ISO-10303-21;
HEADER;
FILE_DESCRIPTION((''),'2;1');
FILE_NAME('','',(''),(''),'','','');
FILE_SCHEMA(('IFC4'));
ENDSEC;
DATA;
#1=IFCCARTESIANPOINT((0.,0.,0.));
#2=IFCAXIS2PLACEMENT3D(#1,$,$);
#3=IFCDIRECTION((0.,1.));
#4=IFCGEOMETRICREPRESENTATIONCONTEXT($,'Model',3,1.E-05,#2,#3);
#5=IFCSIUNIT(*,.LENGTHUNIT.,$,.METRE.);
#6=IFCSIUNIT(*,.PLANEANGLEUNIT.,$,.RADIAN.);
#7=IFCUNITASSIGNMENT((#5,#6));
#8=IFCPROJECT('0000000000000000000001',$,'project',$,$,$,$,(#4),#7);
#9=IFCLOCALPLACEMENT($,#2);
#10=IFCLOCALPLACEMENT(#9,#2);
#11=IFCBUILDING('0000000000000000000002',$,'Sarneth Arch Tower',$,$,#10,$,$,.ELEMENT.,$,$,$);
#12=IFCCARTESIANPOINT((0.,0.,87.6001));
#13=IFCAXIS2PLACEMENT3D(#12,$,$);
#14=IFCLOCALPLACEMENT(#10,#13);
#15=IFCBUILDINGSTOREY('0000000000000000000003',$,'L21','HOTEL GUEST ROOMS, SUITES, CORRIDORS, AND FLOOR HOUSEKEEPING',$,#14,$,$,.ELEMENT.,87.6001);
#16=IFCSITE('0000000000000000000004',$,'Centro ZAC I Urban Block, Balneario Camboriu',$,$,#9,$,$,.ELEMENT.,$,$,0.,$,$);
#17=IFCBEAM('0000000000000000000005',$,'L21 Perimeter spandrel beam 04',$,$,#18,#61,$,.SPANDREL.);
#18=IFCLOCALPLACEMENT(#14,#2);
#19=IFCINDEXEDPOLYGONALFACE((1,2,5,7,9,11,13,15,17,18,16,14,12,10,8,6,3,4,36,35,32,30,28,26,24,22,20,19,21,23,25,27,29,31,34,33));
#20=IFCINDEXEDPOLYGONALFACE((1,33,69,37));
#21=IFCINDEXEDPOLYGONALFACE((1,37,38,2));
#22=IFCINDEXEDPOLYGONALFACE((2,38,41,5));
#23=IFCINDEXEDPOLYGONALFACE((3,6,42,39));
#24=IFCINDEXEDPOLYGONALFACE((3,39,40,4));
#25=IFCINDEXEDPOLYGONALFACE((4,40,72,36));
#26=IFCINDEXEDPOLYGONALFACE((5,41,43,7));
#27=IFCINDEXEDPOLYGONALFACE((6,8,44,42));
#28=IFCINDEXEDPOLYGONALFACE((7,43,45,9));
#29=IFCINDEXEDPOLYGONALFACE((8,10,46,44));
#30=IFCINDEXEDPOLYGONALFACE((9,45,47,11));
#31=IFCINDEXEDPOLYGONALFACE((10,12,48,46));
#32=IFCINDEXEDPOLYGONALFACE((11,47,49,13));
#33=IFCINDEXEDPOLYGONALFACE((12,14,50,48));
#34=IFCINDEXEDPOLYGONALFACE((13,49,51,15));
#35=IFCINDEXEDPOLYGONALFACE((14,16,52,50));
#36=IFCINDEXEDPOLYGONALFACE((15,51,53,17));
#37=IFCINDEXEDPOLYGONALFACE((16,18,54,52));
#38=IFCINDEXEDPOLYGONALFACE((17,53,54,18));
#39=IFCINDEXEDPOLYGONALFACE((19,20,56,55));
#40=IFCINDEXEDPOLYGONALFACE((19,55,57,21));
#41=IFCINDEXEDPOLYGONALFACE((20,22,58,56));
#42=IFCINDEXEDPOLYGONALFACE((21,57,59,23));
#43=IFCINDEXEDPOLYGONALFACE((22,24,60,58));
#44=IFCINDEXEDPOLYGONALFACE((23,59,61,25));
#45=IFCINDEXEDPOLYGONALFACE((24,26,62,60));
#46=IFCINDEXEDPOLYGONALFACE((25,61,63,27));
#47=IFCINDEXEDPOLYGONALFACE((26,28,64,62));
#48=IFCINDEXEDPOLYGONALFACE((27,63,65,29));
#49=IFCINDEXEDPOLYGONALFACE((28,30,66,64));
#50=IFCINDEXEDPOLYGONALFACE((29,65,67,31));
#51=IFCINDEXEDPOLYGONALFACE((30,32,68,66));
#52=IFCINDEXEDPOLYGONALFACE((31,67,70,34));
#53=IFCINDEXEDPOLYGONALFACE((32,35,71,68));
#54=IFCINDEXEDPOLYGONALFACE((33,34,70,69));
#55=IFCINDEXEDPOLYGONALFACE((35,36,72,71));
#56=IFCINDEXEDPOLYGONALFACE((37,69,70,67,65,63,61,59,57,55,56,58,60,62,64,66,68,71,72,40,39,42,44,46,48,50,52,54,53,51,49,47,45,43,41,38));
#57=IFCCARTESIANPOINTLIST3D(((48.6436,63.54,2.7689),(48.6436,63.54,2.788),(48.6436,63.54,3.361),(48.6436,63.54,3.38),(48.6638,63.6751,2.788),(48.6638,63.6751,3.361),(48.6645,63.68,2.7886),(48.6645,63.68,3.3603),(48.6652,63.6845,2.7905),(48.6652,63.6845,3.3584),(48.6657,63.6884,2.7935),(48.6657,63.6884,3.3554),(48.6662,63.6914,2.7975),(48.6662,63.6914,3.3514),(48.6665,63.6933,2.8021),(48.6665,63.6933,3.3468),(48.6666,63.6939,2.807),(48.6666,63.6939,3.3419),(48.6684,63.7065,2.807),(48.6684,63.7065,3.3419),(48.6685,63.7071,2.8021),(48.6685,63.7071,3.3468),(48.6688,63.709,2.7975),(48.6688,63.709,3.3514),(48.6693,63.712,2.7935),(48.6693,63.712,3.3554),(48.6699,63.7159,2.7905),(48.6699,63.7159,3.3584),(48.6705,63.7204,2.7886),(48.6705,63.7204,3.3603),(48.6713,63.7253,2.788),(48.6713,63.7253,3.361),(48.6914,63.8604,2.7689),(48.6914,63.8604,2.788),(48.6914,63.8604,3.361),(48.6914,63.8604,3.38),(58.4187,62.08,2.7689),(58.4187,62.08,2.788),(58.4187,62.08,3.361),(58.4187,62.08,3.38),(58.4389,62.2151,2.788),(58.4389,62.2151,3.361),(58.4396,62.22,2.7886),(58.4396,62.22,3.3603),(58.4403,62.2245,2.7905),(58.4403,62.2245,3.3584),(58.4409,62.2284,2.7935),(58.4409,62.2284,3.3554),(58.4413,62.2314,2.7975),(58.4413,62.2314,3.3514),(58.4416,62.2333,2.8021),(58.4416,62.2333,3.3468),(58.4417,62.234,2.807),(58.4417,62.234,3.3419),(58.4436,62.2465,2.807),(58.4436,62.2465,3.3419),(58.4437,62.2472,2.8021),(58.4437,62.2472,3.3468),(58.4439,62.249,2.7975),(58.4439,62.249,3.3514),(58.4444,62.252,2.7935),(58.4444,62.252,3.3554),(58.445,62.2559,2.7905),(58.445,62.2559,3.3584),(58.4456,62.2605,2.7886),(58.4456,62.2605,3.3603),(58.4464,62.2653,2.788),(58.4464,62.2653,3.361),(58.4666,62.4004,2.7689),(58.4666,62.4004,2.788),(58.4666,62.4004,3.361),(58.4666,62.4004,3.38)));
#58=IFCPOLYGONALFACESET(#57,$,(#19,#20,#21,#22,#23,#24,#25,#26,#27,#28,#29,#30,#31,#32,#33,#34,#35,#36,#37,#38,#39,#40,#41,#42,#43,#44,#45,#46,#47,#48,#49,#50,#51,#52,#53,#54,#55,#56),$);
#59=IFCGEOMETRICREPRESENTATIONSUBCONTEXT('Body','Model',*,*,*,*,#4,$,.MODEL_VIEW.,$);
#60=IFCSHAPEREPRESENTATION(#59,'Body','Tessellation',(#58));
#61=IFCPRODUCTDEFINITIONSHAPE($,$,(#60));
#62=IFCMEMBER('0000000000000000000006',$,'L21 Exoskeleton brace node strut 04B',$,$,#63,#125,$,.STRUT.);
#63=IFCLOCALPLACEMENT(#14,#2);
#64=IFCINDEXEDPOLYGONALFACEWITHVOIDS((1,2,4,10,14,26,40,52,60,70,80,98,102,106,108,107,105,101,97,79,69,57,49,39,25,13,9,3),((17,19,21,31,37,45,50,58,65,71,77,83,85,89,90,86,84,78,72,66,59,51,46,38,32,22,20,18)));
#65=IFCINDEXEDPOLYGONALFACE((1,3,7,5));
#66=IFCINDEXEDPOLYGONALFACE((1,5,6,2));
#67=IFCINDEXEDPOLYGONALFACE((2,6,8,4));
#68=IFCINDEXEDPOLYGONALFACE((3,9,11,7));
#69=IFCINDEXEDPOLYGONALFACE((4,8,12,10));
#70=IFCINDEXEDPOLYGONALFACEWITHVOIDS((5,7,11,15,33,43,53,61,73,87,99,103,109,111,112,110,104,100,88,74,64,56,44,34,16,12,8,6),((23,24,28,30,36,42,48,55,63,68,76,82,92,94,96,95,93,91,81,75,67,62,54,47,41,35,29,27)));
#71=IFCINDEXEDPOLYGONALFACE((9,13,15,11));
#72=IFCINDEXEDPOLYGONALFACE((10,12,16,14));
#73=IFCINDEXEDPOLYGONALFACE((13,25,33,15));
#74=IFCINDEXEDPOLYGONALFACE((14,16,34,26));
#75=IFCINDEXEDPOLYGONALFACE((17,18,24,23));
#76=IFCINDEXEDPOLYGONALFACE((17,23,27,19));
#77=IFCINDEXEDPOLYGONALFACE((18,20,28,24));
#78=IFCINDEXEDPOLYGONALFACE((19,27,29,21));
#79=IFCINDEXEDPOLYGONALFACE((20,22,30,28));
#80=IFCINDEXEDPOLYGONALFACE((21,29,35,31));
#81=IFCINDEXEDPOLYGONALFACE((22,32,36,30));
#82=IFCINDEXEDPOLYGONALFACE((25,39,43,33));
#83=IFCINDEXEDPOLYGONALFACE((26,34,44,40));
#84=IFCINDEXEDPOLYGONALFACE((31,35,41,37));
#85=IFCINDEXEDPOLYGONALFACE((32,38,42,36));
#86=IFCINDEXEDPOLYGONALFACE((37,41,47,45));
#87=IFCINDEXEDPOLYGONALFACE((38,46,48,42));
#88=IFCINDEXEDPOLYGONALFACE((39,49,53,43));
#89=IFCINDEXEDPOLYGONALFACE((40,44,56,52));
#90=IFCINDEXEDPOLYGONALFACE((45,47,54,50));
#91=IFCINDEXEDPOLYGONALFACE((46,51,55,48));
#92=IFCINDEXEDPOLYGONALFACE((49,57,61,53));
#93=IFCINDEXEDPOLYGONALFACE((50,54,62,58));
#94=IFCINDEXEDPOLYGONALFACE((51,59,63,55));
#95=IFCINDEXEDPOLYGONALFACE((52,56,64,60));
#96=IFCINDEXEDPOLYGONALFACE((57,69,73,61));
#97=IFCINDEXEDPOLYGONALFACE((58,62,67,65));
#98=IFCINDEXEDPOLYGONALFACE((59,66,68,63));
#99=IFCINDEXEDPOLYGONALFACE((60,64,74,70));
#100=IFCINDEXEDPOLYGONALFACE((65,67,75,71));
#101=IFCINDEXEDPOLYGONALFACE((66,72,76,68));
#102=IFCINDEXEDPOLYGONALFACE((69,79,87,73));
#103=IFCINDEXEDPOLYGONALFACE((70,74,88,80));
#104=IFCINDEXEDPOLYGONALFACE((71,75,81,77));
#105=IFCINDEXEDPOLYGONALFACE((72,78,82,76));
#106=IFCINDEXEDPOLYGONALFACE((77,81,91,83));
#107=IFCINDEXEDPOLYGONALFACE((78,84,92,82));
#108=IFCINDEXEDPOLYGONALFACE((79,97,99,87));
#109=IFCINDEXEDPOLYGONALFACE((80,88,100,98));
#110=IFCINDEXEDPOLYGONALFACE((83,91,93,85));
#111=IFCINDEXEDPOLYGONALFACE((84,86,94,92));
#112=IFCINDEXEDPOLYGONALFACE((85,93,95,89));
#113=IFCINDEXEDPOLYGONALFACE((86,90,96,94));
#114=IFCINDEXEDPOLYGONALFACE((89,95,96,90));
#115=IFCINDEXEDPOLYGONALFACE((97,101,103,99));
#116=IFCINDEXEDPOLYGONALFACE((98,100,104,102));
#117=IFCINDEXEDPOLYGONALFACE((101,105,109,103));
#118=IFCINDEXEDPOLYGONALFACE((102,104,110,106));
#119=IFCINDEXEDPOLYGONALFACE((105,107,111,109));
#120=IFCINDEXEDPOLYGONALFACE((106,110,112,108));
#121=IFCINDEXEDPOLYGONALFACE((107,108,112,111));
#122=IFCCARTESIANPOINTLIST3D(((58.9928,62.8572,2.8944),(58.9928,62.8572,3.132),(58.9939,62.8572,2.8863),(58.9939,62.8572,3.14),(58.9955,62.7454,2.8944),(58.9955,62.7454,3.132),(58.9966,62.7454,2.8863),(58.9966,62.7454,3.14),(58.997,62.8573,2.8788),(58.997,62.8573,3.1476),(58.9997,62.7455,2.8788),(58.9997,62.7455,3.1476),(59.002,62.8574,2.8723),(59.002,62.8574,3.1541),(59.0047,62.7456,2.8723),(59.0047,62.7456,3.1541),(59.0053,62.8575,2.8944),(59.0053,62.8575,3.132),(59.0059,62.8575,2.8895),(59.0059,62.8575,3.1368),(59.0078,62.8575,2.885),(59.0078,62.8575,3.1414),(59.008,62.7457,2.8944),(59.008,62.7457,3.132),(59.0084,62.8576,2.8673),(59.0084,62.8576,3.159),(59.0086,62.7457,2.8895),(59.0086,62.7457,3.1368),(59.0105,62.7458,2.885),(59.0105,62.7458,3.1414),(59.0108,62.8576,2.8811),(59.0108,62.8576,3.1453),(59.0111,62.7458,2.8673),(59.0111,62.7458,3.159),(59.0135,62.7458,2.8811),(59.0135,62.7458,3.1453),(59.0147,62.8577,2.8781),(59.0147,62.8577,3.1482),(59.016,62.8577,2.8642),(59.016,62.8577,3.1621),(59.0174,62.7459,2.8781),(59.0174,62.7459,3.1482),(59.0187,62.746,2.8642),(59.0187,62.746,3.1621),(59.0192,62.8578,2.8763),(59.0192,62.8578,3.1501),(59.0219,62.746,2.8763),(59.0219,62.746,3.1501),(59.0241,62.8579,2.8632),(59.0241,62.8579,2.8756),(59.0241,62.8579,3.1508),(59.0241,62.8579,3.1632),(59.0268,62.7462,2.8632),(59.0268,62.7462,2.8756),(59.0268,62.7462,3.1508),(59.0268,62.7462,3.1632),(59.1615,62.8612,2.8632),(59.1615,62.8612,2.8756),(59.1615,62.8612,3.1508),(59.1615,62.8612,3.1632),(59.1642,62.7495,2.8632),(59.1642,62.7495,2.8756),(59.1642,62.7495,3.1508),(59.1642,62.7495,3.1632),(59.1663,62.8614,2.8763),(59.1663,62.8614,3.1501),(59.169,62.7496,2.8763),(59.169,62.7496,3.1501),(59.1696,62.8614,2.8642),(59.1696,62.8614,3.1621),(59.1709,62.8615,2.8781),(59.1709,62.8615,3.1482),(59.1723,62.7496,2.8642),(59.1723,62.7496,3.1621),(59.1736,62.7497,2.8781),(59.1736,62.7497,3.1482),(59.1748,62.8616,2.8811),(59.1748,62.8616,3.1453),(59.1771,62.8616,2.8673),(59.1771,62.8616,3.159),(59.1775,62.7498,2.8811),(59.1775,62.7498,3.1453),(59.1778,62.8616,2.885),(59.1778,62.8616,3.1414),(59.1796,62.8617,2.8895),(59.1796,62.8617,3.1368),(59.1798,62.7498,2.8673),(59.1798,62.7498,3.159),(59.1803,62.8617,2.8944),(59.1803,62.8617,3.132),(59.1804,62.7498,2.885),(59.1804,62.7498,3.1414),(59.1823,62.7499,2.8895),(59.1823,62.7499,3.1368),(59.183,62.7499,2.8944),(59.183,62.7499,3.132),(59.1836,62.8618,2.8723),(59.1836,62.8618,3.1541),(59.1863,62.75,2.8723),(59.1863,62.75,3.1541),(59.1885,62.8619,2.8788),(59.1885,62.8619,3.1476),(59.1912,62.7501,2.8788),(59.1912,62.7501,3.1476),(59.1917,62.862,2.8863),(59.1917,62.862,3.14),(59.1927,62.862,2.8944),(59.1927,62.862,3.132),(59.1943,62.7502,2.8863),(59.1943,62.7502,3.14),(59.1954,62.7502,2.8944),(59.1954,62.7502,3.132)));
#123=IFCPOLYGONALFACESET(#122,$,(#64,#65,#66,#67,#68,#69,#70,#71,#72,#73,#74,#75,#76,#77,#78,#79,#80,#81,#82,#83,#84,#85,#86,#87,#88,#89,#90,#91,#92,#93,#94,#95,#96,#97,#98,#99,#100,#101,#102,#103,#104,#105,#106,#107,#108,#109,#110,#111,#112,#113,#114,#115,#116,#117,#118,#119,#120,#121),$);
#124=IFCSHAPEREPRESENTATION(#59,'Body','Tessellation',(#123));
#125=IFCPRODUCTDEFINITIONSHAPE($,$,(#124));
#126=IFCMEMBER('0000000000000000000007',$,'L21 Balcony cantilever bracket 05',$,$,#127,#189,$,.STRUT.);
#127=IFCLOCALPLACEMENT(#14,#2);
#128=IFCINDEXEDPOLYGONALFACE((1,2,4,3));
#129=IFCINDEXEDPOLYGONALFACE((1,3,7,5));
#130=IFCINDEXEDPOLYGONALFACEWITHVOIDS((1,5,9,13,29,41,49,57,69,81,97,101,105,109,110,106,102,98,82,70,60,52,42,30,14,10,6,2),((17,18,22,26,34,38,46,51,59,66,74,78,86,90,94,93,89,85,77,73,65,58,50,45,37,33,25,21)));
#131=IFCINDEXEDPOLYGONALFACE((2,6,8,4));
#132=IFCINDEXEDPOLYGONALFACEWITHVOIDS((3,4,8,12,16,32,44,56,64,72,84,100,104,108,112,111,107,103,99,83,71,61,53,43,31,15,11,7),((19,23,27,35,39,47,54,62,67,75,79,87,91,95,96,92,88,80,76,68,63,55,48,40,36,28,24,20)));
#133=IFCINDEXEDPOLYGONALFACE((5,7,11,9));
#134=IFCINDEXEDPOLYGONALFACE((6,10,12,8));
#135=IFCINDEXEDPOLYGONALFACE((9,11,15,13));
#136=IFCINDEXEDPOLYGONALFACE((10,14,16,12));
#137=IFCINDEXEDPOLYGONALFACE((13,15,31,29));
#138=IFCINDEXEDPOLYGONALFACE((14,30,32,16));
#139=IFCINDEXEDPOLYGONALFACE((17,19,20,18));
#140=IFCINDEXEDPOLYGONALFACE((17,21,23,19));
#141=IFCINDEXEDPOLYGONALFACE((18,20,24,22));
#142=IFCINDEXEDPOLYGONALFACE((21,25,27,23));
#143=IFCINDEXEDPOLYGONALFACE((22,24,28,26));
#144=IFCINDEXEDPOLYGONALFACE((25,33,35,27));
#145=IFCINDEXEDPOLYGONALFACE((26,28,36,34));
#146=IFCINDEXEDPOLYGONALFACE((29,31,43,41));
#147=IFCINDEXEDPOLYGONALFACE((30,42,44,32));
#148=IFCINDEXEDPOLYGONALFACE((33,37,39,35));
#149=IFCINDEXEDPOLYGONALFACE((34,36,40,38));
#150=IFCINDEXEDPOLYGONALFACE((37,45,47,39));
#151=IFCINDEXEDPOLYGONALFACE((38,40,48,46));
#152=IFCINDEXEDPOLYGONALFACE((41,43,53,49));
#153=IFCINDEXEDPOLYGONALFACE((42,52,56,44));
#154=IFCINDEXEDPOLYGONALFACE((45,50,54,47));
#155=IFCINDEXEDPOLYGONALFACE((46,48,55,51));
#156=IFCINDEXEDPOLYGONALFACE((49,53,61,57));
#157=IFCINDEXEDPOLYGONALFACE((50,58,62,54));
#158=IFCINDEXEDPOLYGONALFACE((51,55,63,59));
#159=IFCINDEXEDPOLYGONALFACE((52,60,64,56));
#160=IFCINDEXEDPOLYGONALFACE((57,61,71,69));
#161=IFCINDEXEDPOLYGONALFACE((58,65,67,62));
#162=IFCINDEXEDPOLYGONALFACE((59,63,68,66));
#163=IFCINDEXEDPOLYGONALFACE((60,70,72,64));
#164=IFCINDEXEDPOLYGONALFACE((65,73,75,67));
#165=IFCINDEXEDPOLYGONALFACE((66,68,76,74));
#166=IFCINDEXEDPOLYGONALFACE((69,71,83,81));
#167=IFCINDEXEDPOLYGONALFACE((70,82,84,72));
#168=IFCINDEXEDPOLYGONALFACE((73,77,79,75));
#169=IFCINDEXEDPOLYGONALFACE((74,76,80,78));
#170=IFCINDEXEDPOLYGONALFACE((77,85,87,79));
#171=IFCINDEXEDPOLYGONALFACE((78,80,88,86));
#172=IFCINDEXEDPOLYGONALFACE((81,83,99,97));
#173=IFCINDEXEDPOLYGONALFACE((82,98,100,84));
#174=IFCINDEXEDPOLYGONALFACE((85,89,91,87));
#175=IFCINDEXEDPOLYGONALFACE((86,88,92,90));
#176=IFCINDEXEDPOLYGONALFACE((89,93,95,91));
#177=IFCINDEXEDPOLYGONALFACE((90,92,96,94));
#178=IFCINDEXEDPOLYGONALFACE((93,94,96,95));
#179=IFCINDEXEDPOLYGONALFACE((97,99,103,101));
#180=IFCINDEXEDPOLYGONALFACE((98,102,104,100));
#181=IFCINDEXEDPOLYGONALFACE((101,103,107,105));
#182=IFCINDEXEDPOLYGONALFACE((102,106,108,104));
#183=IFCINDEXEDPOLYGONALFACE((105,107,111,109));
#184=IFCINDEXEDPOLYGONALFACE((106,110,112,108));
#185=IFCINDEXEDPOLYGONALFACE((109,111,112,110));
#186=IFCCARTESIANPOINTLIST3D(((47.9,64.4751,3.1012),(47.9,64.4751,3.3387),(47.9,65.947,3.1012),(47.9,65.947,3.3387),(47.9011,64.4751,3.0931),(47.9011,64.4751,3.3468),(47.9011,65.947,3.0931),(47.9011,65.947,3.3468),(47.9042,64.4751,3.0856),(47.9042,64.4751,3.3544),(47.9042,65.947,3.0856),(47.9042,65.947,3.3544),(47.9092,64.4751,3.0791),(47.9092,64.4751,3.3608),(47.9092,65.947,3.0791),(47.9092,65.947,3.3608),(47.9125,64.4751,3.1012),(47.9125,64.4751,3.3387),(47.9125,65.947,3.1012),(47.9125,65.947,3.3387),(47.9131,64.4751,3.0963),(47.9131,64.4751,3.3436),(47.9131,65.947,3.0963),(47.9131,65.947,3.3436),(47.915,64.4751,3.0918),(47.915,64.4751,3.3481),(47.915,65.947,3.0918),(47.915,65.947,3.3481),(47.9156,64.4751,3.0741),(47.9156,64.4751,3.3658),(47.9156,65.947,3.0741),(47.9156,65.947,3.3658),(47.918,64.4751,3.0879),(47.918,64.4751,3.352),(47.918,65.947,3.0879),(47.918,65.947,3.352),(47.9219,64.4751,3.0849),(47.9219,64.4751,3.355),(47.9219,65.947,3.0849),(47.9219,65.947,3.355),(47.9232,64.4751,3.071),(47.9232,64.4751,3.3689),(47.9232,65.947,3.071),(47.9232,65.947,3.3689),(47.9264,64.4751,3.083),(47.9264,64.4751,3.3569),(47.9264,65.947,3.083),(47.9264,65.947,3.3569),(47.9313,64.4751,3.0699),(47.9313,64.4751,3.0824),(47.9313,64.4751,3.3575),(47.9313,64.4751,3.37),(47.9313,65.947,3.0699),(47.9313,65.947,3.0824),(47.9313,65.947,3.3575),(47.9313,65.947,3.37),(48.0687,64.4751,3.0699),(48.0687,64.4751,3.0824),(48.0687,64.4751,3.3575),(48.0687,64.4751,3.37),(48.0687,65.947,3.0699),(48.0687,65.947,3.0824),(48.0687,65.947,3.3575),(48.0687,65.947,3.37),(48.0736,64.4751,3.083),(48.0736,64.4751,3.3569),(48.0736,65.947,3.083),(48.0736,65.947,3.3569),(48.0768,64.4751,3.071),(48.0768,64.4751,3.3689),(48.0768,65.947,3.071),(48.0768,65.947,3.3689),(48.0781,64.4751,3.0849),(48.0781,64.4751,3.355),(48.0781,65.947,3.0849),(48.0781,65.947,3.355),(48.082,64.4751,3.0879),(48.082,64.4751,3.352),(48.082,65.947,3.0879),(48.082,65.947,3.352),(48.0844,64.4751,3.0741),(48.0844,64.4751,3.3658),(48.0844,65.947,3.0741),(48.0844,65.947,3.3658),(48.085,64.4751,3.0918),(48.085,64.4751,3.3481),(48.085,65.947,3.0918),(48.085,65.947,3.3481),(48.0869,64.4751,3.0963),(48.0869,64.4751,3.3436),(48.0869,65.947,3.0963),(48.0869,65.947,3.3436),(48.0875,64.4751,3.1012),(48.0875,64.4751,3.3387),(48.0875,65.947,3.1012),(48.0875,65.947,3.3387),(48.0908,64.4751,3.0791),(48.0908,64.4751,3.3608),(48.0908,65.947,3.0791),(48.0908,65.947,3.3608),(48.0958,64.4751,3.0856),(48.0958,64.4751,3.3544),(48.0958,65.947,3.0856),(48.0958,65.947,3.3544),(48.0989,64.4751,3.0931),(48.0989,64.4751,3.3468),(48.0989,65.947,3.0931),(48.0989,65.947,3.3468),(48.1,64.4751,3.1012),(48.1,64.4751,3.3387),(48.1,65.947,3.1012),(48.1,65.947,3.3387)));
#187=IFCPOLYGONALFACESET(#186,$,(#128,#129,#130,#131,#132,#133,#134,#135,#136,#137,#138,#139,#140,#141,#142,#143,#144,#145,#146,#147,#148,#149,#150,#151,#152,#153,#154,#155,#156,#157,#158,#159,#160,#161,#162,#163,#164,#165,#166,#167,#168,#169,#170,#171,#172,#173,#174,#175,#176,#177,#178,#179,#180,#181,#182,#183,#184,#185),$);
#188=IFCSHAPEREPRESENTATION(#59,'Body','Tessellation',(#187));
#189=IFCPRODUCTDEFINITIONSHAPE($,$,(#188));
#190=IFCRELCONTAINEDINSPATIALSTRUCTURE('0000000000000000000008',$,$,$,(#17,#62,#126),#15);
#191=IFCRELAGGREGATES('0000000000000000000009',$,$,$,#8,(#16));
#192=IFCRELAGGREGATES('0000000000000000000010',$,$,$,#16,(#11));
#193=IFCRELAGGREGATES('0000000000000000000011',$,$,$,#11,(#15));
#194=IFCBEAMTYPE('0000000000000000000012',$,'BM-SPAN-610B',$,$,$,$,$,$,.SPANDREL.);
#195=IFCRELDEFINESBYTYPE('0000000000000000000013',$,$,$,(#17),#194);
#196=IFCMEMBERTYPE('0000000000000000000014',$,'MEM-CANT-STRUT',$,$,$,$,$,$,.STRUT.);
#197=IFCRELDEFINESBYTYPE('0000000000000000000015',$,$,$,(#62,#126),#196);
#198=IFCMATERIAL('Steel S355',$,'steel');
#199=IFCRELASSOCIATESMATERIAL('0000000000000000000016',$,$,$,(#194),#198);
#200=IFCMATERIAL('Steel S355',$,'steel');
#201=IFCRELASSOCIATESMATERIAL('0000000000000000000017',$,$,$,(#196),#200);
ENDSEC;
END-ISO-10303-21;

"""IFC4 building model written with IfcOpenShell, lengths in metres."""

from ifc_helpers import new_model, si_unit, direction, frame, origin, origin_2d, place, context, subcontext, project, spatial, hollow_rectangle, i_section, extrude, material, material_profile, profile_set, type_object, element, save


model = new_model("IFC4")

# Units and contexts
model_context = context("Model", 3, precision=1e-05, world=origin(), true_north=direction((0.0, 1.0)))
body_context = subcontext(model_context, "Body", "Model", "MODEL_VIEW")
ifc_project = project(units=[si_unit("LENGTHUNIT", "METRE"), si_unit("PLANEANGLEUNIT", "RADIAN")], contexts=[model_context])

# Site, building, storey
site_placement = place(None, origin())
site = spatial("IfcSite", under=ifc_project, at=site_placement, Name="Centro ZAC I Urban Block, Balneario Camboriu", CompositionType="ELEMENT", RefElevation=0.0)
building_placement = place(site_placement, origin())
building = spatial("IfcBuilding", under=site, at=building_placement, Name="Sarneth Arch Tower", CompositionType="ELEMENT")
storey_placement = place(building_placement, frame((0.0, 0.0, 87.6001)))
storey = spatial("IfcBuildingStorey", under=building, at=storey_placement, Name="L21", Description="HOTEL GUEST ROOMS, SUITES, CORRIDORS, AND FLOOR HOUSEKEEPING", CompositionType="ELEMENT", Elevation=87.6001)

# Beam
ifc_material_1 = material(Name="Steel S355", Category="steel")
ifc_material_profile_1 = material_profile(ifc_material_1, i_section(OverallWidth=0.324, OverallDepth=0.6111, WebThickness=0.0127, FlangeThickness=0.019, FilletRadius=0.019, at=origin_2d()), Name="W610x155")
ifc_profile_set_1 = profile_set([ifc_material_profile_1], Name="Steel S355")
beam_type_1 = type_object("IfcBeamType", Name="BM-SPAN-610B", PredefinedType="SPANDREL", material=ifc_profile_set_1)
beam_1_placement = place(storey_placement, frame((58.4426, 62.2402, 3.0745), z_axis=(-0.98903, 0.147716, 0.0), x_axis=(-0.147716, -0.98903, 0.0)))
element("IfcBeam", 1, at=beam_1_placement, inside=storey, type_object=beam_type_1, Name="L21 Perimeter spandrel beam 04", PredefinedType="SPANDREL", context=body_context, shape_type="SweptSolid", body=[
    extrude(i_section(OverallWidth=0.324, OverallDepth=0.6111, WebThickness=0.0127, FlangeThickness=0.019, FilletRadius=0.019, at=origin_2d()), origin(), (0.0, 0.0, 1.0), 9.8835),
])

# Members
ifc_material_2 = material(Name="Steel S355", Category="steel")
ifc_material_profile_2 = material_profile(ifc_material_2, hollow_rectangle(XDim=0.2, YDim=0.3, WallThickness=0.0125, InnerFilletRadius=0.0188, OuterFilletRadius=0.0312, at=origin_2d()), Name="RHS300x200x12.5")
ifc_profile_set_2 = profile_set([ifc_material_profile_2], Name="Steel S355")
member_type_1 = type_object("IfcMemberType", Name="MEM-CANT-STRUT", PredefinedType="STRUT", material=ifc_profile_set_2)
member_1_placement = place(storey_placement, frame((59.0955, 62.7478, 3.0132), z_axis=(-0.024011, 0.999712, 0.0), x_axis=(-0.999712, -0.024011, 0.0)))
element("IfcMember", 2, at=member_1_placement, inside=storey, type_object=member_type_1, Name="L21 Exoskeleton brace node strut 04B", PredefinedType="STRUT", context=body_context, shape_type="SweptSolid", body=[
    extrude(hollow_rectangle(XDim=0.2, YDim=0.3, WallThickness=0.0125, InnerFilletRadius=0.0188, OuterFilletRadius=0.0312, at=origin_2d()), origin(), (0.0, 0.0, 1.0), 0.1118),
])
member_2_placement = place(storey_placement, frame((48.0, 64.4751, 3.22), z_axis=(0.0, 1.0, 0.0), x_axis=(-1.0, 0.0, 0.0)))
element("IfcMember", 3, at=member_2_placement, inside=storey, type_object=member_type_1, Name="L21 Balcony cantilever bracket 05", PredefinedType="STRUT", context=body_context, shape_type="SweptSolid", body=[
    extrude(hollow_rectangle(XDim=0.2, YDim=0.3, WallThickness=0.0125, InnerFilletRadius=0.0188, OuterFilletRadius=0.0312, at=origin_2d()), origin(), (0.0, 0.0, 1.0), 1.4719),
])

save(model, "model.ifc")
